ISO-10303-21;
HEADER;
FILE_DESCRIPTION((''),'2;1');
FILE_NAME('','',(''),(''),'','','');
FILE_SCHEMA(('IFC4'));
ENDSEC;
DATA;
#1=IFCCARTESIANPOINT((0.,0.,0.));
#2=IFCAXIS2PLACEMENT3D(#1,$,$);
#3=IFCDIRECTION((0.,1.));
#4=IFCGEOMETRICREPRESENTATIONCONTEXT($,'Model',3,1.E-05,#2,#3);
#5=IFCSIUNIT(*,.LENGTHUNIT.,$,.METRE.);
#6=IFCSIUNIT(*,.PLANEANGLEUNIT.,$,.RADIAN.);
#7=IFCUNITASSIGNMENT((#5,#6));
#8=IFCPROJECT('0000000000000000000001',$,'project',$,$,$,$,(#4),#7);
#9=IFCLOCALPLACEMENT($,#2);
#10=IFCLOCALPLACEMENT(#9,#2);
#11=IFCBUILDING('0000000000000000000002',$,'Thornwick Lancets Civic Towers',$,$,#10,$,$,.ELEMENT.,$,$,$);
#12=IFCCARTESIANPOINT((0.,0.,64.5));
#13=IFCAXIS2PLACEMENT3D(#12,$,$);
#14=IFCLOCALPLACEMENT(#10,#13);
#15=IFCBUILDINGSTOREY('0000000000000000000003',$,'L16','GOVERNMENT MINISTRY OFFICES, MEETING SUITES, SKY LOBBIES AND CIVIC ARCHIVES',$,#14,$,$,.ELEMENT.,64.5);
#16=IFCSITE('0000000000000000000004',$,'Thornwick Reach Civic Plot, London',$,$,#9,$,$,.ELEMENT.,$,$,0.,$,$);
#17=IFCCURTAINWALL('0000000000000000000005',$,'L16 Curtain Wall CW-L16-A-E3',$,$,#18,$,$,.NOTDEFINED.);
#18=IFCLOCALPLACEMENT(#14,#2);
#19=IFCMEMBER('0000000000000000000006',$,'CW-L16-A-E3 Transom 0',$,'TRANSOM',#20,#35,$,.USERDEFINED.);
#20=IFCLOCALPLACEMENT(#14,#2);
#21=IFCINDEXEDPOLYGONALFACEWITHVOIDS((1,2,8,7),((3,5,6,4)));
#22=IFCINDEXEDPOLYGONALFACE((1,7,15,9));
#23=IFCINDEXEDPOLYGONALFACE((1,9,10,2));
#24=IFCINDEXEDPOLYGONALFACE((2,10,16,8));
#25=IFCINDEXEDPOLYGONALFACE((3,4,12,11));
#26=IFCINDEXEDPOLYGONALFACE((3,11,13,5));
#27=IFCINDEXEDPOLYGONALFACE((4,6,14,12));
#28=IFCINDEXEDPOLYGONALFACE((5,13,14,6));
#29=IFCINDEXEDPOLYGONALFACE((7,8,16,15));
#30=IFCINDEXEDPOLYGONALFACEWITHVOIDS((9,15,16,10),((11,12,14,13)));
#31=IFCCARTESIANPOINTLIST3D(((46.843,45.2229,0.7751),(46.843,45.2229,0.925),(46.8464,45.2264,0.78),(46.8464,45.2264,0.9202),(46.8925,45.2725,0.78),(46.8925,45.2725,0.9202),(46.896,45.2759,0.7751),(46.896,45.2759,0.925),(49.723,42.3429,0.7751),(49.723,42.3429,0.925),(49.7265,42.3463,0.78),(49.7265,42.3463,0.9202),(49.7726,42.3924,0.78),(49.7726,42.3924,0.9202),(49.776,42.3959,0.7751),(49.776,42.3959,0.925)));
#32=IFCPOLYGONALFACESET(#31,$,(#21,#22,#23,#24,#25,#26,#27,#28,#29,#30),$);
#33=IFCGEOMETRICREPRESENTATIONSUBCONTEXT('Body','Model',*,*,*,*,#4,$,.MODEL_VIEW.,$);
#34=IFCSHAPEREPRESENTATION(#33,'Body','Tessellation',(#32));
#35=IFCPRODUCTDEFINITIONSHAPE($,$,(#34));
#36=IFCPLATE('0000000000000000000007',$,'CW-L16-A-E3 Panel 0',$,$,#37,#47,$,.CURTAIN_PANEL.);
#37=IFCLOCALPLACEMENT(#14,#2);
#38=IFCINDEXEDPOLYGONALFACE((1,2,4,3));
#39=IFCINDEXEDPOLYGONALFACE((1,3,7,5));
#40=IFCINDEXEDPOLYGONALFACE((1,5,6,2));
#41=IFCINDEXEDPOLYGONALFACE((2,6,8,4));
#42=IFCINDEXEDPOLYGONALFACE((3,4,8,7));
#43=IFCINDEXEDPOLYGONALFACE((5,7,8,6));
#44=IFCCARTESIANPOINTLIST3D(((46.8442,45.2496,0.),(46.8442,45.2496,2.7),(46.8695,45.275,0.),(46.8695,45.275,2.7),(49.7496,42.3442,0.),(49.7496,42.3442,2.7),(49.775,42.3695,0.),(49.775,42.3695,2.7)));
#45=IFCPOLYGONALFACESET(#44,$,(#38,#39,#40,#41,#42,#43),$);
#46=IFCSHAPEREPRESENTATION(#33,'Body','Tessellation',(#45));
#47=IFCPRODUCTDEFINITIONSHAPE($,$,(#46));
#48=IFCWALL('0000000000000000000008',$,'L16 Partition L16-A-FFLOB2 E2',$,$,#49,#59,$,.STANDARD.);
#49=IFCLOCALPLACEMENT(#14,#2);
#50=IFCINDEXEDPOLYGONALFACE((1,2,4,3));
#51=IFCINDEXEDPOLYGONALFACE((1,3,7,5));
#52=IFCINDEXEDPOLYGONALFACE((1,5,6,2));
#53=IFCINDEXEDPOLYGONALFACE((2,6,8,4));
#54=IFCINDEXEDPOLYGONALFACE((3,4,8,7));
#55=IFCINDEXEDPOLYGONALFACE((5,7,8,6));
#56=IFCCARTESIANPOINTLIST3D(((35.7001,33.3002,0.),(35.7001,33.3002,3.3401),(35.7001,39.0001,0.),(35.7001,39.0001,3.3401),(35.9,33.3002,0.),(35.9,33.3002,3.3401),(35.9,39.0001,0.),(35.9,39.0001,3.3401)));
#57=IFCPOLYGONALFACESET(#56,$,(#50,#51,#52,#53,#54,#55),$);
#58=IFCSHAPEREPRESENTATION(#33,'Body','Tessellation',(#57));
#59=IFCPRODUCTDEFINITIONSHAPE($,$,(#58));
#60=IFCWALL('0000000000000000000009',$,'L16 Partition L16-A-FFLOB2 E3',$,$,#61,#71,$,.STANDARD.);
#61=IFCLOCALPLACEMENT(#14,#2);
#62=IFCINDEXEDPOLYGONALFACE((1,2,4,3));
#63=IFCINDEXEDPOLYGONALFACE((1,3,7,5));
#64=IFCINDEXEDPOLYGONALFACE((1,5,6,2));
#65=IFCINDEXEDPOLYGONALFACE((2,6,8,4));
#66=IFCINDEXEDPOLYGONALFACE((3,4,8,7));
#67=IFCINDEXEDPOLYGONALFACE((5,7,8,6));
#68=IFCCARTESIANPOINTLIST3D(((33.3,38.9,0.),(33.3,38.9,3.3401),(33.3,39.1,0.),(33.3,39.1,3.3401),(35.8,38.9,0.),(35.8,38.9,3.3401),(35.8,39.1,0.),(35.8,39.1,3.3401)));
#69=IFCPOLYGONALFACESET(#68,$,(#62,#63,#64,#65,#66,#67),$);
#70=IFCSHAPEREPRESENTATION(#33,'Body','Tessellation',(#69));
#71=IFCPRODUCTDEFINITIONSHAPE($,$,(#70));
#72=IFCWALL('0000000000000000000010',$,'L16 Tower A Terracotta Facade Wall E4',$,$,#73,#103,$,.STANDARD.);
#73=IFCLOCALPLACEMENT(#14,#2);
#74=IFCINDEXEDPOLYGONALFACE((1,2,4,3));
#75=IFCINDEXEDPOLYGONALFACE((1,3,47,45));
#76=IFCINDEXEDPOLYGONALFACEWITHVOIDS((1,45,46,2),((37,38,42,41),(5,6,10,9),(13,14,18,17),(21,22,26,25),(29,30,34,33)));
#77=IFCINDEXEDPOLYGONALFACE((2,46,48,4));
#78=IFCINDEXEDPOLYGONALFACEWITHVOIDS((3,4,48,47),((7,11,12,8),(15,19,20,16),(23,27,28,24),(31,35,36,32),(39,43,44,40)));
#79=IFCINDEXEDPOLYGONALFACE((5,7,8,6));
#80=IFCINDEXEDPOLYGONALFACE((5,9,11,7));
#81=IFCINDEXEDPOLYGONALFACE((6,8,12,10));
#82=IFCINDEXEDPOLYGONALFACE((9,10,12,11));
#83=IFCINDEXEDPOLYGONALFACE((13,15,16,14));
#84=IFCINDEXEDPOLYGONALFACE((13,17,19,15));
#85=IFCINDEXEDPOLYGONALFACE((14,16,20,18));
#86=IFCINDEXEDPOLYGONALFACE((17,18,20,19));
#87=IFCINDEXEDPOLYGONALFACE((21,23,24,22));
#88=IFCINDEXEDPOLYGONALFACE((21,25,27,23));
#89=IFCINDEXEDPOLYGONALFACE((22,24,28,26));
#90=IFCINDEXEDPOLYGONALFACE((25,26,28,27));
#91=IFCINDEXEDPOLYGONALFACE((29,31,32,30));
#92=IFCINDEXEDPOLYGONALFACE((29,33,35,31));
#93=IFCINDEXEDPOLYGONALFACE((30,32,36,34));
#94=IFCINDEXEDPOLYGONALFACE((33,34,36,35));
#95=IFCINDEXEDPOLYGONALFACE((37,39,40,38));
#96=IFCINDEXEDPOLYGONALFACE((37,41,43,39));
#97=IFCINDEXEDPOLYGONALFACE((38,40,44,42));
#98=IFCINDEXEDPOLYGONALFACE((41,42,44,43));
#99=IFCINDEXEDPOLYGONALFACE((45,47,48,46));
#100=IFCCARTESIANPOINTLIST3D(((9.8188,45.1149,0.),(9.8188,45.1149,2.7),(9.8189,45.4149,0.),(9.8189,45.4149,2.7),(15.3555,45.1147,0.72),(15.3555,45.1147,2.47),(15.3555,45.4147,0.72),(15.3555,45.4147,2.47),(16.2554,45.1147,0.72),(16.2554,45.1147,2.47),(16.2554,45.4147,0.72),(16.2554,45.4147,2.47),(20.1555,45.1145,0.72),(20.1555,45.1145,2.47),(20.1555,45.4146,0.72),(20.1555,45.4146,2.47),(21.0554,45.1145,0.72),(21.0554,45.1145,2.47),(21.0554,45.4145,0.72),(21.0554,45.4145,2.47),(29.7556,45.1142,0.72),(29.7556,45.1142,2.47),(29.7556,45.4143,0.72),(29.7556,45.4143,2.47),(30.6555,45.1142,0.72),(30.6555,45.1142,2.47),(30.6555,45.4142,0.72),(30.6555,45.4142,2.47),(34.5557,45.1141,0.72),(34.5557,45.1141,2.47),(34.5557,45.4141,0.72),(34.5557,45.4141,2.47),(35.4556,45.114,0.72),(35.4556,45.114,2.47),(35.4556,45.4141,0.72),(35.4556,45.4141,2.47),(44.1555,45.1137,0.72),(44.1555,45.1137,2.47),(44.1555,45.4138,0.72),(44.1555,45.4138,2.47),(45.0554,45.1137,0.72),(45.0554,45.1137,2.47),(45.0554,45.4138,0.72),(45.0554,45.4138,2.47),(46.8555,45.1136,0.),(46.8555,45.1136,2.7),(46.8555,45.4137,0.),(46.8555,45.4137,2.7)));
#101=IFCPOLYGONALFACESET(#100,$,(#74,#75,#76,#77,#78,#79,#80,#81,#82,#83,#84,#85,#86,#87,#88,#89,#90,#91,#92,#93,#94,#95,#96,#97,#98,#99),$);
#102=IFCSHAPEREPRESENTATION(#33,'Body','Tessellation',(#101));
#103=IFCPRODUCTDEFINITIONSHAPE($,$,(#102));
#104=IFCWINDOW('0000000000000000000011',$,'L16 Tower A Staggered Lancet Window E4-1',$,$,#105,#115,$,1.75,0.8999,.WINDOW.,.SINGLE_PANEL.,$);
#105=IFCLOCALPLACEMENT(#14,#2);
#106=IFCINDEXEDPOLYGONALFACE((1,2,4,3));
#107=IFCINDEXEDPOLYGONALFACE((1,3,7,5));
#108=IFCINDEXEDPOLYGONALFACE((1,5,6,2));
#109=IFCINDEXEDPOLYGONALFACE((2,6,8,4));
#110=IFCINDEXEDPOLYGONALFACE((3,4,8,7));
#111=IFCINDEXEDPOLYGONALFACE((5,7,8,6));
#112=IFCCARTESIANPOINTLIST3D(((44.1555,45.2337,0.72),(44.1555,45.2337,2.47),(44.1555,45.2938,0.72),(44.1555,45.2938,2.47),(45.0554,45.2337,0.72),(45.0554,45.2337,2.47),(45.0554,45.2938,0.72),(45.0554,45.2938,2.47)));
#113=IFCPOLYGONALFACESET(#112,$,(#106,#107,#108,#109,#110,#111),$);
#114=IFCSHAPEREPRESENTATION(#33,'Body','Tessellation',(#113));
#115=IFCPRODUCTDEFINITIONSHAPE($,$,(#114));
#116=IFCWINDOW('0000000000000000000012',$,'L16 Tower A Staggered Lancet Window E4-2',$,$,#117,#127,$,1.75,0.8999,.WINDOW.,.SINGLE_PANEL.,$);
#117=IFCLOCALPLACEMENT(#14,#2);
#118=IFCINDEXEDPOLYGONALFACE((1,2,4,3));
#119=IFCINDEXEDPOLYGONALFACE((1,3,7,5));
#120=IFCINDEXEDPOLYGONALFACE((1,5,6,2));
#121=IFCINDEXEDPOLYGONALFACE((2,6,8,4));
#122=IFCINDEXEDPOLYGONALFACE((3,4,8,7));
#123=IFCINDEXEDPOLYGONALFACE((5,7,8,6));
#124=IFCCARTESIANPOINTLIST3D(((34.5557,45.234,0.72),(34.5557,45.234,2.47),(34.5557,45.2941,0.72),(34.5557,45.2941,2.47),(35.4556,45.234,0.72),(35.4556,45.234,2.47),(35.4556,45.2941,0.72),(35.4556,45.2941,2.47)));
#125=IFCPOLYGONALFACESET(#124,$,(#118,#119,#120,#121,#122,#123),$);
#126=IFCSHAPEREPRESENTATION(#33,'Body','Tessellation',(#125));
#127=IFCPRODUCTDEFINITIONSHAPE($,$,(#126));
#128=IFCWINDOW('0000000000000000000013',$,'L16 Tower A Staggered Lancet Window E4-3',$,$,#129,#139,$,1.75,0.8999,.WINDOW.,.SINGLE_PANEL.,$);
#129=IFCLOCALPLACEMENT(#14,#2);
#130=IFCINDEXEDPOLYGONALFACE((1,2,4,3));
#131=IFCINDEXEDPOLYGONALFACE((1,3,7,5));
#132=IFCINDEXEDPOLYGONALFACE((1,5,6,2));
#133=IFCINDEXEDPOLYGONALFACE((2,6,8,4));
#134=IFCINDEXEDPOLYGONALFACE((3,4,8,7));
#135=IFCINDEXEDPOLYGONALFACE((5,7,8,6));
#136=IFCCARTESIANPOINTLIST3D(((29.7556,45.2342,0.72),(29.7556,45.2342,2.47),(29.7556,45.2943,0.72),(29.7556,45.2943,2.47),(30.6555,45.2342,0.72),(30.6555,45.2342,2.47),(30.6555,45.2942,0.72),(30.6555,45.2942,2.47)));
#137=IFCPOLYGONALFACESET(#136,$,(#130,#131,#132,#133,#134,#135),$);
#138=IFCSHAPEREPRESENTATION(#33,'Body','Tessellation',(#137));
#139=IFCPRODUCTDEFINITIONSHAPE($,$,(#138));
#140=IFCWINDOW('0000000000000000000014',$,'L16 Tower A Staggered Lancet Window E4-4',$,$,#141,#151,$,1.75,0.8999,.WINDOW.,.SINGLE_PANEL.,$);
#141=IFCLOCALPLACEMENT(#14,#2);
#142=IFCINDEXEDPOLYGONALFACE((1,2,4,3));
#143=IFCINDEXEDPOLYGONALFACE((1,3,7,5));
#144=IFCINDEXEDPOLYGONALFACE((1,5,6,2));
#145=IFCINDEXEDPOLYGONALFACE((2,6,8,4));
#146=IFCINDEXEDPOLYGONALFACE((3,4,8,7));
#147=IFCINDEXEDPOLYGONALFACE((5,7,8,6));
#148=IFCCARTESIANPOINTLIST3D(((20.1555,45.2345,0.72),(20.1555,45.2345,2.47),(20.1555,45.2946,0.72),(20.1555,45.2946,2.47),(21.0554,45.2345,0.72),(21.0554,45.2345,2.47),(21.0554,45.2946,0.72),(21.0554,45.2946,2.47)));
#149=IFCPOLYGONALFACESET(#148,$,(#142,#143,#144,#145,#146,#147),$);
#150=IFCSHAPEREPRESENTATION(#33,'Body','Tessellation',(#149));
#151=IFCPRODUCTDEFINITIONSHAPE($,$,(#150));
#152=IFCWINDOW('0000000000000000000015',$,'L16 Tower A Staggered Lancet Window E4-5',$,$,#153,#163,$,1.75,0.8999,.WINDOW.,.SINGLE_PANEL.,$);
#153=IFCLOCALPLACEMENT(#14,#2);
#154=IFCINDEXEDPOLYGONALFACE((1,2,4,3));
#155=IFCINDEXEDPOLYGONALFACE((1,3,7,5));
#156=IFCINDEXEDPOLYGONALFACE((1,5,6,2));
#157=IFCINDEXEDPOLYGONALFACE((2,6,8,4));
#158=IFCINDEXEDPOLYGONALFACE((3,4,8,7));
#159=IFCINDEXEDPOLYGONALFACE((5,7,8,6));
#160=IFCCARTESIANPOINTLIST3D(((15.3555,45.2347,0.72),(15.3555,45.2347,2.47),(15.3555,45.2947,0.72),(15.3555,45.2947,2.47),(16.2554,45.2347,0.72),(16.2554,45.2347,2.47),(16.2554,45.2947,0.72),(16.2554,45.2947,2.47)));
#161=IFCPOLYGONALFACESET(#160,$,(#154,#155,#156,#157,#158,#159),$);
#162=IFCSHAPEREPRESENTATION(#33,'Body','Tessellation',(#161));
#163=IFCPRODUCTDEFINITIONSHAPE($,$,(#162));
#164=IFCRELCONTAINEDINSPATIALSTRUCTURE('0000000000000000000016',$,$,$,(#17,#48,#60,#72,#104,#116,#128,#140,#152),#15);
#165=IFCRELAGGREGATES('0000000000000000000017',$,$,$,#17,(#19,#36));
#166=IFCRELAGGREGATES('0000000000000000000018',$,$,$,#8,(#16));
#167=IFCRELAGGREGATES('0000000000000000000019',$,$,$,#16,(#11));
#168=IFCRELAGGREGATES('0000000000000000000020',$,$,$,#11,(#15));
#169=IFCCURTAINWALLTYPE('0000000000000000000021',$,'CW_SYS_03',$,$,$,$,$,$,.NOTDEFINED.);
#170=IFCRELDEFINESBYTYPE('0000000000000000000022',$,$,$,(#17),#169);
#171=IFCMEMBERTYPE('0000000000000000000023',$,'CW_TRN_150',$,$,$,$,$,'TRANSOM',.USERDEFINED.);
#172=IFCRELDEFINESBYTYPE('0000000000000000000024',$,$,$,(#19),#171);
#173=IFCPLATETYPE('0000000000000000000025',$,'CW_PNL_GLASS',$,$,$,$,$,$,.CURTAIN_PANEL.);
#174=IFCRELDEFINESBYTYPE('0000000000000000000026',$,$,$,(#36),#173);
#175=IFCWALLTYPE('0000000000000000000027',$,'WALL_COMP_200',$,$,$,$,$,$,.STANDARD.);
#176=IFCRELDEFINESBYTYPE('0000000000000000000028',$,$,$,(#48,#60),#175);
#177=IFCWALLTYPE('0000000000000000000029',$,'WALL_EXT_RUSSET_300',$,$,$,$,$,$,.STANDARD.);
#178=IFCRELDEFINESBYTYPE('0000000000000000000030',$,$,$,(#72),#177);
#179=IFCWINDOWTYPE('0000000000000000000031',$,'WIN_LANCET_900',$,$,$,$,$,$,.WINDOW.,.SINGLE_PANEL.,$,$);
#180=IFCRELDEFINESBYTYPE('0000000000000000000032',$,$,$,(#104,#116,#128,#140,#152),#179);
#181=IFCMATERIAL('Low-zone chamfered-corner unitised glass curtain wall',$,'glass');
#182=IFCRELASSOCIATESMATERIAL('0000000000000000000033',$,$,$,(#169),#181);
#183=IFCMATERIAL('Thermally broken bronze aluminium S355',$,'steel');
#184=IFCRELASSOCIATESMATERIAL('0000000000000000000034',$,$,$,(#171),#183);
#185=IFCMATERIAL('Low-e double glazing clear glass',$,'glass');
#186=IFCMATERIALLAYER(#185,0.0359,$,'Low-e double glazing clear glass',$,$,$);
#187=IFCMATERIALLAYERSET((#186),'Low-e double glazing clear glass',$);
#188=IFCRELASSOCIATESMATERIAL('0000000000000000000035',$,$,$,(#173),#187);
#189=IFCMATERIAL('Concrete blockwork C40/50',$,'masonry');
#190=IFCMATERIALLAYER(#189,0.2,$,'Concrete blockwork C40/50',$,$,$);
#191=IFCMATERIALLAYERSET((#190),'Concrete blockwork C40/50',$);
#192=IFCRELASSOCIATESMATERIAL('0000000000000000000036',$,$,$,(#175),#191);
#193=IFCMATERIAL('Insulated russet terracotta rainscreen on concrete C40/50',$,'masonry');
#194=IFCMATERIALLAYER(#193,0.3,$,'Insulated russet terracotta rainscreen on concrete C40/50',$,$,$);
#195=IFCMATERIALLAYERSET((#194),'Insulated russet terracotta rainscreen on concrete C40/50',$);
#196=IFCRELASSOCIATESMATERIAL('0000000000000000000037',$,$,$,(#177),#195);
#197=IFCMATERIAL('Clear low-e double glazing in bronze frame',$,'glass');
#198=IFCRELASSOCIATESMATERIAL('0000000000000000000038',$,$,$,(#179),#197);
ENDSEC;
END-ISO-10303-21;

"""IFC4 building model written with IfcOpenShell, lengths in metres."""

from ifc_helpers import new_model, si_unit, direction, frame, frame_2d, origin, origin_2d, place, context, subcontext, project, spatial, rectangle, hollow_rectangle, extrude, material, layer, layer_set, material_profile, profile_set, type_object, element, fill, aggregate, save


model = new_model("IFC4")

# Units and contexts
model_context = context("Model", 3, precision=1e-05, world=origin(), true_north=direction((0.0, 1.0)))
body_context = subcontext(model_context, "Body", "Model", "MODEL_VIEW")
ifc_project = project(units=[si_unit("LENGTHUNIT", "METRE"), si_unit("PLANEANGLEUNIT", "RADIAN")], contexts=[model_context])

# Site, building, storey
site_placement = place(None, origin())
site = spatial("IfcSite", under=ifc_project, at=site_placement, Name="Thornwick Reach Civic Plot, London", CompositionType="ELEMENT", RefElevation=0.0)
building_placement = place(site_placement, origin())
building = spatial("IfcBuilding", under=site, at=building_placement, Name="Thornwick Lancets Civic Towers", CompositionType="ELEMENT")
storey_placement = place(building_placement, frame((0.0, 0.0, 64.5)))
storey = spatial("IfcBuildingStorey", under=building, at=storey_placement, Name="L16", Description="GOVERNMENT MINISTRY OFFICES, MEETING SUITES, SKY LOBBIES AND CIVIC ARCHIVES", CompositionType="ELEMENT", Elevation=64.5)

# Curtain wall, member, plate
ifc_material_1 = material(Name="Low-zone chamfered-corner unitised glass curtain wall", Category="glass")
curtain_wall_type = type_object("IfcCurtainWallType", Name="CW_SYS_03", PredefinedType="NOTDEFINED", material=ifc_material_1)
curtain_wall_placement = place(storey_placement, origin())
curtain_wall = element("IfcCurtainWall", 1, at=curtain_wall_placement, inside=storey, type_object=curtain_wall_type, Name="L16 Curtain Wall CW-L16-A-E3", PredefinedType="NOTDEFINED")
ifc_material_2 = material(Name="Thermally broken bronze aluminium S355", Category="steel")
ifc_material_profile_1 = material_profile(ifc_material_2, hollow_rectangle(XDim=0.075, YDim=0.1499, WallThickness=0.0049, at=origin_2d()), Name="RHS 150x75x5")
ifc_profile_set_1 = profile_set([ifc_material_profile_1], Name="Thermally broken bronze aluminium S355")
member_type_1 = type_object("IfcMemberType", Name="CW_TRN_150", ElementType="TRANSOM", PredefinedType="USERDEFINED", material=ifc_profile_set_1)
member_1_placement = place(storey_placement, frame((49.7495, 42.3694, 0.8501), z_axis=(-0.707107, 0.707107, 0.0), x_axis=(-0.707107, -0.707107, 0.0)))
member_1 = element("IfcMember", 2, at=member_1_placement, type_object=member_type_1, Name="CW-L16-A-E3 Transom 0", ObjectType="TRANSOM", PredefinedType="USERDEFINED", context=body_context, shape_type="SweptSolid", body=[
    extrude(hollow_rectangle(XDim=0.075, YDim=0.1499, WallThickness=0.0049, at=origin_2d()), origin(), (0.0, 0.0, 1.0), 4.073),
])
ifc_material_3 = material(Name="Low-e double glazing clear glass", Category="glass")
ifc_layer_1 = layer(ifc_material_3, 0.0359, Name="Low-e double glazing clear glass")
ifc_layer_set_1 = layer_set([ifc_layer_1], Name="Low-e double glazing clear glass")
plate_type = type_object("IfcPlateType", Name="CW_PNL_GLASS", PredefinedType="CURTAIN_PANEL", material=ifc_layer_set_1)
plate_placement = place(storey_placement, frame((48.3096, 43.8096, 0.0), z_axis=(0.0, 0.0, 1.0), x_axis=(-0.707107, 0.707107, 0.0)))
plate = element("IfcPlate", 3, at=plate_placement, type_object=plate_type, Name="CW-L16-A-E3 Panel 0", PredefinedType="CURTAIN_PANEL", context=body_context, shape_type="SweptSolid", body=[
    extrude(rectangle(XDim=4.1089, YDim=0.0359, at=origin_2d()), origin(), (0.0, 0.0, 1.0), 2.7),
])
aggregate(curtain_wall, [member_1, plate])

# Walls
ifc_material_4 = material(Name="Concrete blockwork C40/50", Category="masonry")
ifc_layer_2 = layer(ifc_material_4, 0.2, Name="Concrete blockwork C40/50")
ifc_layer_set_2 = layer_set([ifc_layer_2], Name="Concrete blockwork C40/50")
wall_type_1 = type_object("IfcWallType", Name="WALL_COMP_200", PredefinedType="STANDARD", material=ifc_layer_set_2)
wall_1_placement = place(storey_placement, frame((35.8, 33.3, 0.0), z_axis=(0.0, 0.0, 1.0), x_axis=(0.0, 1.0, 0.0)))
element("IfcWall", 4, at=wall_1_placement, inside=storey, type_object=wall_type_1, Name="L16 Partition L16-A-FFLOB2 E2", PredefinedType="STANDARD", context=body_context, shape_type="SweptSolid", body=[
    extrude(rectangle(XDim=5.7, YDim=0.2, at=frame_2d((2.8501, 0.0))), origin(), (0.0, 0.0, 1.0), 3.3401),
])
wall_2_placement = place(storey_placement, frame((35.8, 39.0, 0.0), z_axis=(0.0, 0.0, 1.0), x_axis=(-1.0, 0.0, 0.0)))
element("IfcWall", 5, at=wall_2_placement, inside=storey, type_object=wall_type_1, Name="L16 Partition L16-A-FFLOB2 E3", PredefinedType="STANDARD", context=body_context, shape_type="SweptSolid", body=[
    extrude(rectangle(XDim=2.5, YDim=0.2, at=frame_2d((1.25, 0.0))), origin(), (0.0, 0.0, 1.0), 3.3401),
])

# Wall, openings, windows
ifc_material_5 = material(Name="Insulated russet terracotta rainscreen on concrete C40/50", Category="masonry")
ifc_layer_3 = layer(ifc_material_5, 0.3, Name="Insulated russet terracotta rainscreen on concrete C40/50")
ifc_layer_set_3 = layer_set([ifc_layer_3], Name="Insulated russet terracotta rainscreen on concrete C40/50")
wall_type_2 = type_object("IfcWallType", Name="WALL_EXT_RUSSET_300", PredefinedType="STANDARD", material=ifc_layer_set_3)
wall_3_placement = place(storey_placement, frame((46.8555, 45.2637, 0.0), z_axis=(0.0, 0.0, 1.0), x_axis=(-1.0, 0.000033, 0.0)))
wall_3 = element("IfcWall", 6, at=wall_3_placement, inside=storey, type_object=wall_type_2, Name="L16 Tower A Terracotta Facade Wall E4", PredefinedType="STANDARD", context=body_context, shape_type="SweptSolid", body=[
    extrude(rectangle(XDim=37.0366, YDim=0.3, at=frame_2d((18.5183, 0.0))), origin(), (0.0, 0.0, 1.0), 2.7),
])
opening_1_placement = place(wall_3_placement, frame((1.8, 0.0, 0.72)))
opening_1 = element("IfcOpeningElement", 7, at=opening_1_placement, cuts=wall_3, PredefinedType="OPENING", context=body_context, shape_type="SweptSolid", body=[
    extrude(rectangle(XDim=0.8999, YDim=1.75, at=frame_2d((0.45, 0.875))), frame((0.0, 0.1602, 0.0), z_axis=(0.0, -1.0, 0.0), x_axis=(1.0, 0.0, 0.0)), (0.0, 0.0, 1.0), 0.3201),
])
opening_2_placement = place(wall_3_placement, frame((11.3999, 0.0, 0.72)))
opening_2 = element("IfcOpeningElement", 8, at=opening_2_placement, cuts=wall_3, PredefinedType="OPENING", context=body_context, shape_type="SweptSolid", body=[
    extrude(rectangle(XDim=0.8999, YDim=1.75, at=frame_2d((0.45, 0.875))), frame((0.0, 0.1602, 0.0), z_axis=(0.0, -1.0, 0.0), x_axis=(1.0, 0.0, 0.0)), (0.0, 0.0, 1.0), 0.3201),
])
opening_3_placement = place(wall_3_placement, frame((16.2, 0.0, 0.72)))
opening_3 = element("IfcOpeningElement", 9, at=opening_3_placement, cuts=wall_3, PredefinedType="OPENING", context=body_context, shape_type="SweptSolid", body=[
    extrude(rectangle(XDim=0.8999, YDim=1.75, at=frame_2d((0.45, 0.875))), frame((0.0, 0.1602, 0.0), z_axis=(0.0, -1.0, 0.0), x_axis=(1.0, 0.0, 0.0)), (0.0, 0.0, 1.0), 0.3201),
])
opening_4_placement = place(wall_3_placement, frame((25.8, 0.0, 0.72)))
opening_4 = element("IfcOpeningElement", 10, at=opening_4_placement, cuts=wall_3, PredefinedType="OPENING", context=body_context, shape_type="SweptSolid", body=[
    extrude(rectangle(XDim=0.8999, YDim=1.75, at=frame_2d((0.45, 0.875))), frame((0.0, 0.1602, 0.0), z_axis=(0.0, -1.0, 0.0), x_axis=(1.0, 0.0, 0.0)), (0.0, 0.0, 1.0), 0.3201),
])
opening_5_placement = place(wall_3_placement, frame((30.6001, 0.0, 0.72)))
opening_5 = element("IfcOpeningElement", 11, at=opening_5_placement, cuts=wall_3, PredefinedType="OPENING", context=body_context, shape_type="SweptSolid", body=[
    extrude(rectangle(XDim=0.8999, YDim=1.75, at=frame_2d((0.45, 0.875))), frame((0.0, 0.1602, 0.0), z_axis=(0.0, -1.0, 0.0), x_axis=(1.0, 0.0, 0.0)), (0.0, 0.0, 1.0), 0.3201),
])
ifc_material_6 = material(Name="Clear low-e double glazing in bronze frame", Category="glass")
window_type = type_object("IfcWindowType", Name="WIN_LANCET_900", PartitioningType="SINGLE_PANEL", PredefinedType="WINDOW", material=ifc_material_6)
window_1_placement = place(opening_1_placement, origin())
window_1 = element("IfcWindow", 12, at=window_1_placement, inside=storey, type_object=window_type, Name="L16 Tower A Staggered Lancet Window E4-1", OverallHeight=1.75, OverallWidth=0.8999, PartitioningType="SINGLE_PANEL", PredefinedType="WINDOW", context=body_context, shape_type="SweptSolid", body=[
    extrude(rectangle(XDim=0.8999, YDim=1.75, at=frame_2d((0.45, 0.875))), frame((0.0, 0.03, 0.0), z_axis=(0.0, -1.0, 0.0), x_axis=(1.0, 0.0, 0.0)), (0.0, 0.0, 1.0), 0.0601),
])
fill(opening_1, window_1)
window_2_placement = place(opening_2_placement, origin())
window_2 = element("IfcWindow", 13, at=window_2_placement, inside=storey, type_object=window_type, Name="L16 Tower A Staggered Lancet Window E4-2", OverallHeight=1.75, OverallWidth=0.8999, PartitioningType="SINGLE_PANEL", PredefinedType="WINDOW", context=body_context, shape_type="SweptSolid", body=[
    extrude(rectangle(XDim=0.8999, YDim=1.75, at=frame_2d((0.45, 0.875))), frame((0.0, 0.03, 0.0), z_axis=(0.0, -1.0, 0.0), x_axis=(1.0, 0.0, 0.0)), (0.0, 0.0, 1.0), 0.0601),
])
fill(opening_2, window_2)
window_3_placement = place(opening_3_placement, origin())
window_3 = element("IfcWindow", 14, at=window_3_placement, inside=storey, type_object=window_type, Name="L16 Tower A Staggered Lancet Window E4-3", OverallHeight=1.75, OverallWidth=0.8999, PartitioningType="SINGLE_PANEL", PredefinedType="WINDOW", context=body_context, shape_type="SweptSolid", body=[
    extrude(rectangle(XDim=0.8999, YDim=1.75, at=frame_2d((0.45, 0.875))), frame((0.0, 0.03, 0.0), z_axis=(0.0, -1.0, 0.0), x_axis=(1.0, 0.0, 0.0)), (0.0, 0.0, 1.0), 0.0601),
])
fill(opening_3, window_3)
window_4_placement = place(opening_4_placement, origin())
window_4 = element("IfcWindow", 15, at=window_4_placement, inside=storey, type_object=window_type, Name="L16 Tower A Staggered Lancet Window E4-4", OverallHeight=1.75, OverallWidth=0.8999, PartitioningType="SINGLE_PANEL", PredefinedType="WINDOW", context=body_context, shape_type="SweptSolid", body=[
    extrude(rectangle(XDim=0.8999, YDim=1.75, at=frame_2d((0.45, 0.875))), frame((0.0, 0.03, 0.0), z_axis=(0.0, -1.0, 0.0), x_axis=(1.0, 0.0, 0.0)), (0.0, 0.0, 1.0), 0.0601),
])
fill(opening_4, window_4)
window_5_placement = place(opening_5_placement, origin())
window_5 = element("IfcWindow", 16, at=window_5_placement, inside=storey, type_object=window_type, Name="L16 Tower A Staggered Lancet Window E4-5", OverallHeight=1.75, OverallWidth=0.8999, PartitioningType="SINGLE_PANEL", PredefinedType="WINDOW", context=body_context, shape_type="SweptSolid", body=[
    extrude(rectangle(XDim=0.8999, YDim=1.75, at=frame_2d((0.45, 0.875))), frame((0.0, 0.03, 0.0), z_axis=(0.0, -1.0, 0.0), x_axis=(1.0, 0.0, 0.0)), (0.0, 0.0, 1.0), 0.0601),
])
fill(opening_5, window_5)

save(model, "model.ifc")
